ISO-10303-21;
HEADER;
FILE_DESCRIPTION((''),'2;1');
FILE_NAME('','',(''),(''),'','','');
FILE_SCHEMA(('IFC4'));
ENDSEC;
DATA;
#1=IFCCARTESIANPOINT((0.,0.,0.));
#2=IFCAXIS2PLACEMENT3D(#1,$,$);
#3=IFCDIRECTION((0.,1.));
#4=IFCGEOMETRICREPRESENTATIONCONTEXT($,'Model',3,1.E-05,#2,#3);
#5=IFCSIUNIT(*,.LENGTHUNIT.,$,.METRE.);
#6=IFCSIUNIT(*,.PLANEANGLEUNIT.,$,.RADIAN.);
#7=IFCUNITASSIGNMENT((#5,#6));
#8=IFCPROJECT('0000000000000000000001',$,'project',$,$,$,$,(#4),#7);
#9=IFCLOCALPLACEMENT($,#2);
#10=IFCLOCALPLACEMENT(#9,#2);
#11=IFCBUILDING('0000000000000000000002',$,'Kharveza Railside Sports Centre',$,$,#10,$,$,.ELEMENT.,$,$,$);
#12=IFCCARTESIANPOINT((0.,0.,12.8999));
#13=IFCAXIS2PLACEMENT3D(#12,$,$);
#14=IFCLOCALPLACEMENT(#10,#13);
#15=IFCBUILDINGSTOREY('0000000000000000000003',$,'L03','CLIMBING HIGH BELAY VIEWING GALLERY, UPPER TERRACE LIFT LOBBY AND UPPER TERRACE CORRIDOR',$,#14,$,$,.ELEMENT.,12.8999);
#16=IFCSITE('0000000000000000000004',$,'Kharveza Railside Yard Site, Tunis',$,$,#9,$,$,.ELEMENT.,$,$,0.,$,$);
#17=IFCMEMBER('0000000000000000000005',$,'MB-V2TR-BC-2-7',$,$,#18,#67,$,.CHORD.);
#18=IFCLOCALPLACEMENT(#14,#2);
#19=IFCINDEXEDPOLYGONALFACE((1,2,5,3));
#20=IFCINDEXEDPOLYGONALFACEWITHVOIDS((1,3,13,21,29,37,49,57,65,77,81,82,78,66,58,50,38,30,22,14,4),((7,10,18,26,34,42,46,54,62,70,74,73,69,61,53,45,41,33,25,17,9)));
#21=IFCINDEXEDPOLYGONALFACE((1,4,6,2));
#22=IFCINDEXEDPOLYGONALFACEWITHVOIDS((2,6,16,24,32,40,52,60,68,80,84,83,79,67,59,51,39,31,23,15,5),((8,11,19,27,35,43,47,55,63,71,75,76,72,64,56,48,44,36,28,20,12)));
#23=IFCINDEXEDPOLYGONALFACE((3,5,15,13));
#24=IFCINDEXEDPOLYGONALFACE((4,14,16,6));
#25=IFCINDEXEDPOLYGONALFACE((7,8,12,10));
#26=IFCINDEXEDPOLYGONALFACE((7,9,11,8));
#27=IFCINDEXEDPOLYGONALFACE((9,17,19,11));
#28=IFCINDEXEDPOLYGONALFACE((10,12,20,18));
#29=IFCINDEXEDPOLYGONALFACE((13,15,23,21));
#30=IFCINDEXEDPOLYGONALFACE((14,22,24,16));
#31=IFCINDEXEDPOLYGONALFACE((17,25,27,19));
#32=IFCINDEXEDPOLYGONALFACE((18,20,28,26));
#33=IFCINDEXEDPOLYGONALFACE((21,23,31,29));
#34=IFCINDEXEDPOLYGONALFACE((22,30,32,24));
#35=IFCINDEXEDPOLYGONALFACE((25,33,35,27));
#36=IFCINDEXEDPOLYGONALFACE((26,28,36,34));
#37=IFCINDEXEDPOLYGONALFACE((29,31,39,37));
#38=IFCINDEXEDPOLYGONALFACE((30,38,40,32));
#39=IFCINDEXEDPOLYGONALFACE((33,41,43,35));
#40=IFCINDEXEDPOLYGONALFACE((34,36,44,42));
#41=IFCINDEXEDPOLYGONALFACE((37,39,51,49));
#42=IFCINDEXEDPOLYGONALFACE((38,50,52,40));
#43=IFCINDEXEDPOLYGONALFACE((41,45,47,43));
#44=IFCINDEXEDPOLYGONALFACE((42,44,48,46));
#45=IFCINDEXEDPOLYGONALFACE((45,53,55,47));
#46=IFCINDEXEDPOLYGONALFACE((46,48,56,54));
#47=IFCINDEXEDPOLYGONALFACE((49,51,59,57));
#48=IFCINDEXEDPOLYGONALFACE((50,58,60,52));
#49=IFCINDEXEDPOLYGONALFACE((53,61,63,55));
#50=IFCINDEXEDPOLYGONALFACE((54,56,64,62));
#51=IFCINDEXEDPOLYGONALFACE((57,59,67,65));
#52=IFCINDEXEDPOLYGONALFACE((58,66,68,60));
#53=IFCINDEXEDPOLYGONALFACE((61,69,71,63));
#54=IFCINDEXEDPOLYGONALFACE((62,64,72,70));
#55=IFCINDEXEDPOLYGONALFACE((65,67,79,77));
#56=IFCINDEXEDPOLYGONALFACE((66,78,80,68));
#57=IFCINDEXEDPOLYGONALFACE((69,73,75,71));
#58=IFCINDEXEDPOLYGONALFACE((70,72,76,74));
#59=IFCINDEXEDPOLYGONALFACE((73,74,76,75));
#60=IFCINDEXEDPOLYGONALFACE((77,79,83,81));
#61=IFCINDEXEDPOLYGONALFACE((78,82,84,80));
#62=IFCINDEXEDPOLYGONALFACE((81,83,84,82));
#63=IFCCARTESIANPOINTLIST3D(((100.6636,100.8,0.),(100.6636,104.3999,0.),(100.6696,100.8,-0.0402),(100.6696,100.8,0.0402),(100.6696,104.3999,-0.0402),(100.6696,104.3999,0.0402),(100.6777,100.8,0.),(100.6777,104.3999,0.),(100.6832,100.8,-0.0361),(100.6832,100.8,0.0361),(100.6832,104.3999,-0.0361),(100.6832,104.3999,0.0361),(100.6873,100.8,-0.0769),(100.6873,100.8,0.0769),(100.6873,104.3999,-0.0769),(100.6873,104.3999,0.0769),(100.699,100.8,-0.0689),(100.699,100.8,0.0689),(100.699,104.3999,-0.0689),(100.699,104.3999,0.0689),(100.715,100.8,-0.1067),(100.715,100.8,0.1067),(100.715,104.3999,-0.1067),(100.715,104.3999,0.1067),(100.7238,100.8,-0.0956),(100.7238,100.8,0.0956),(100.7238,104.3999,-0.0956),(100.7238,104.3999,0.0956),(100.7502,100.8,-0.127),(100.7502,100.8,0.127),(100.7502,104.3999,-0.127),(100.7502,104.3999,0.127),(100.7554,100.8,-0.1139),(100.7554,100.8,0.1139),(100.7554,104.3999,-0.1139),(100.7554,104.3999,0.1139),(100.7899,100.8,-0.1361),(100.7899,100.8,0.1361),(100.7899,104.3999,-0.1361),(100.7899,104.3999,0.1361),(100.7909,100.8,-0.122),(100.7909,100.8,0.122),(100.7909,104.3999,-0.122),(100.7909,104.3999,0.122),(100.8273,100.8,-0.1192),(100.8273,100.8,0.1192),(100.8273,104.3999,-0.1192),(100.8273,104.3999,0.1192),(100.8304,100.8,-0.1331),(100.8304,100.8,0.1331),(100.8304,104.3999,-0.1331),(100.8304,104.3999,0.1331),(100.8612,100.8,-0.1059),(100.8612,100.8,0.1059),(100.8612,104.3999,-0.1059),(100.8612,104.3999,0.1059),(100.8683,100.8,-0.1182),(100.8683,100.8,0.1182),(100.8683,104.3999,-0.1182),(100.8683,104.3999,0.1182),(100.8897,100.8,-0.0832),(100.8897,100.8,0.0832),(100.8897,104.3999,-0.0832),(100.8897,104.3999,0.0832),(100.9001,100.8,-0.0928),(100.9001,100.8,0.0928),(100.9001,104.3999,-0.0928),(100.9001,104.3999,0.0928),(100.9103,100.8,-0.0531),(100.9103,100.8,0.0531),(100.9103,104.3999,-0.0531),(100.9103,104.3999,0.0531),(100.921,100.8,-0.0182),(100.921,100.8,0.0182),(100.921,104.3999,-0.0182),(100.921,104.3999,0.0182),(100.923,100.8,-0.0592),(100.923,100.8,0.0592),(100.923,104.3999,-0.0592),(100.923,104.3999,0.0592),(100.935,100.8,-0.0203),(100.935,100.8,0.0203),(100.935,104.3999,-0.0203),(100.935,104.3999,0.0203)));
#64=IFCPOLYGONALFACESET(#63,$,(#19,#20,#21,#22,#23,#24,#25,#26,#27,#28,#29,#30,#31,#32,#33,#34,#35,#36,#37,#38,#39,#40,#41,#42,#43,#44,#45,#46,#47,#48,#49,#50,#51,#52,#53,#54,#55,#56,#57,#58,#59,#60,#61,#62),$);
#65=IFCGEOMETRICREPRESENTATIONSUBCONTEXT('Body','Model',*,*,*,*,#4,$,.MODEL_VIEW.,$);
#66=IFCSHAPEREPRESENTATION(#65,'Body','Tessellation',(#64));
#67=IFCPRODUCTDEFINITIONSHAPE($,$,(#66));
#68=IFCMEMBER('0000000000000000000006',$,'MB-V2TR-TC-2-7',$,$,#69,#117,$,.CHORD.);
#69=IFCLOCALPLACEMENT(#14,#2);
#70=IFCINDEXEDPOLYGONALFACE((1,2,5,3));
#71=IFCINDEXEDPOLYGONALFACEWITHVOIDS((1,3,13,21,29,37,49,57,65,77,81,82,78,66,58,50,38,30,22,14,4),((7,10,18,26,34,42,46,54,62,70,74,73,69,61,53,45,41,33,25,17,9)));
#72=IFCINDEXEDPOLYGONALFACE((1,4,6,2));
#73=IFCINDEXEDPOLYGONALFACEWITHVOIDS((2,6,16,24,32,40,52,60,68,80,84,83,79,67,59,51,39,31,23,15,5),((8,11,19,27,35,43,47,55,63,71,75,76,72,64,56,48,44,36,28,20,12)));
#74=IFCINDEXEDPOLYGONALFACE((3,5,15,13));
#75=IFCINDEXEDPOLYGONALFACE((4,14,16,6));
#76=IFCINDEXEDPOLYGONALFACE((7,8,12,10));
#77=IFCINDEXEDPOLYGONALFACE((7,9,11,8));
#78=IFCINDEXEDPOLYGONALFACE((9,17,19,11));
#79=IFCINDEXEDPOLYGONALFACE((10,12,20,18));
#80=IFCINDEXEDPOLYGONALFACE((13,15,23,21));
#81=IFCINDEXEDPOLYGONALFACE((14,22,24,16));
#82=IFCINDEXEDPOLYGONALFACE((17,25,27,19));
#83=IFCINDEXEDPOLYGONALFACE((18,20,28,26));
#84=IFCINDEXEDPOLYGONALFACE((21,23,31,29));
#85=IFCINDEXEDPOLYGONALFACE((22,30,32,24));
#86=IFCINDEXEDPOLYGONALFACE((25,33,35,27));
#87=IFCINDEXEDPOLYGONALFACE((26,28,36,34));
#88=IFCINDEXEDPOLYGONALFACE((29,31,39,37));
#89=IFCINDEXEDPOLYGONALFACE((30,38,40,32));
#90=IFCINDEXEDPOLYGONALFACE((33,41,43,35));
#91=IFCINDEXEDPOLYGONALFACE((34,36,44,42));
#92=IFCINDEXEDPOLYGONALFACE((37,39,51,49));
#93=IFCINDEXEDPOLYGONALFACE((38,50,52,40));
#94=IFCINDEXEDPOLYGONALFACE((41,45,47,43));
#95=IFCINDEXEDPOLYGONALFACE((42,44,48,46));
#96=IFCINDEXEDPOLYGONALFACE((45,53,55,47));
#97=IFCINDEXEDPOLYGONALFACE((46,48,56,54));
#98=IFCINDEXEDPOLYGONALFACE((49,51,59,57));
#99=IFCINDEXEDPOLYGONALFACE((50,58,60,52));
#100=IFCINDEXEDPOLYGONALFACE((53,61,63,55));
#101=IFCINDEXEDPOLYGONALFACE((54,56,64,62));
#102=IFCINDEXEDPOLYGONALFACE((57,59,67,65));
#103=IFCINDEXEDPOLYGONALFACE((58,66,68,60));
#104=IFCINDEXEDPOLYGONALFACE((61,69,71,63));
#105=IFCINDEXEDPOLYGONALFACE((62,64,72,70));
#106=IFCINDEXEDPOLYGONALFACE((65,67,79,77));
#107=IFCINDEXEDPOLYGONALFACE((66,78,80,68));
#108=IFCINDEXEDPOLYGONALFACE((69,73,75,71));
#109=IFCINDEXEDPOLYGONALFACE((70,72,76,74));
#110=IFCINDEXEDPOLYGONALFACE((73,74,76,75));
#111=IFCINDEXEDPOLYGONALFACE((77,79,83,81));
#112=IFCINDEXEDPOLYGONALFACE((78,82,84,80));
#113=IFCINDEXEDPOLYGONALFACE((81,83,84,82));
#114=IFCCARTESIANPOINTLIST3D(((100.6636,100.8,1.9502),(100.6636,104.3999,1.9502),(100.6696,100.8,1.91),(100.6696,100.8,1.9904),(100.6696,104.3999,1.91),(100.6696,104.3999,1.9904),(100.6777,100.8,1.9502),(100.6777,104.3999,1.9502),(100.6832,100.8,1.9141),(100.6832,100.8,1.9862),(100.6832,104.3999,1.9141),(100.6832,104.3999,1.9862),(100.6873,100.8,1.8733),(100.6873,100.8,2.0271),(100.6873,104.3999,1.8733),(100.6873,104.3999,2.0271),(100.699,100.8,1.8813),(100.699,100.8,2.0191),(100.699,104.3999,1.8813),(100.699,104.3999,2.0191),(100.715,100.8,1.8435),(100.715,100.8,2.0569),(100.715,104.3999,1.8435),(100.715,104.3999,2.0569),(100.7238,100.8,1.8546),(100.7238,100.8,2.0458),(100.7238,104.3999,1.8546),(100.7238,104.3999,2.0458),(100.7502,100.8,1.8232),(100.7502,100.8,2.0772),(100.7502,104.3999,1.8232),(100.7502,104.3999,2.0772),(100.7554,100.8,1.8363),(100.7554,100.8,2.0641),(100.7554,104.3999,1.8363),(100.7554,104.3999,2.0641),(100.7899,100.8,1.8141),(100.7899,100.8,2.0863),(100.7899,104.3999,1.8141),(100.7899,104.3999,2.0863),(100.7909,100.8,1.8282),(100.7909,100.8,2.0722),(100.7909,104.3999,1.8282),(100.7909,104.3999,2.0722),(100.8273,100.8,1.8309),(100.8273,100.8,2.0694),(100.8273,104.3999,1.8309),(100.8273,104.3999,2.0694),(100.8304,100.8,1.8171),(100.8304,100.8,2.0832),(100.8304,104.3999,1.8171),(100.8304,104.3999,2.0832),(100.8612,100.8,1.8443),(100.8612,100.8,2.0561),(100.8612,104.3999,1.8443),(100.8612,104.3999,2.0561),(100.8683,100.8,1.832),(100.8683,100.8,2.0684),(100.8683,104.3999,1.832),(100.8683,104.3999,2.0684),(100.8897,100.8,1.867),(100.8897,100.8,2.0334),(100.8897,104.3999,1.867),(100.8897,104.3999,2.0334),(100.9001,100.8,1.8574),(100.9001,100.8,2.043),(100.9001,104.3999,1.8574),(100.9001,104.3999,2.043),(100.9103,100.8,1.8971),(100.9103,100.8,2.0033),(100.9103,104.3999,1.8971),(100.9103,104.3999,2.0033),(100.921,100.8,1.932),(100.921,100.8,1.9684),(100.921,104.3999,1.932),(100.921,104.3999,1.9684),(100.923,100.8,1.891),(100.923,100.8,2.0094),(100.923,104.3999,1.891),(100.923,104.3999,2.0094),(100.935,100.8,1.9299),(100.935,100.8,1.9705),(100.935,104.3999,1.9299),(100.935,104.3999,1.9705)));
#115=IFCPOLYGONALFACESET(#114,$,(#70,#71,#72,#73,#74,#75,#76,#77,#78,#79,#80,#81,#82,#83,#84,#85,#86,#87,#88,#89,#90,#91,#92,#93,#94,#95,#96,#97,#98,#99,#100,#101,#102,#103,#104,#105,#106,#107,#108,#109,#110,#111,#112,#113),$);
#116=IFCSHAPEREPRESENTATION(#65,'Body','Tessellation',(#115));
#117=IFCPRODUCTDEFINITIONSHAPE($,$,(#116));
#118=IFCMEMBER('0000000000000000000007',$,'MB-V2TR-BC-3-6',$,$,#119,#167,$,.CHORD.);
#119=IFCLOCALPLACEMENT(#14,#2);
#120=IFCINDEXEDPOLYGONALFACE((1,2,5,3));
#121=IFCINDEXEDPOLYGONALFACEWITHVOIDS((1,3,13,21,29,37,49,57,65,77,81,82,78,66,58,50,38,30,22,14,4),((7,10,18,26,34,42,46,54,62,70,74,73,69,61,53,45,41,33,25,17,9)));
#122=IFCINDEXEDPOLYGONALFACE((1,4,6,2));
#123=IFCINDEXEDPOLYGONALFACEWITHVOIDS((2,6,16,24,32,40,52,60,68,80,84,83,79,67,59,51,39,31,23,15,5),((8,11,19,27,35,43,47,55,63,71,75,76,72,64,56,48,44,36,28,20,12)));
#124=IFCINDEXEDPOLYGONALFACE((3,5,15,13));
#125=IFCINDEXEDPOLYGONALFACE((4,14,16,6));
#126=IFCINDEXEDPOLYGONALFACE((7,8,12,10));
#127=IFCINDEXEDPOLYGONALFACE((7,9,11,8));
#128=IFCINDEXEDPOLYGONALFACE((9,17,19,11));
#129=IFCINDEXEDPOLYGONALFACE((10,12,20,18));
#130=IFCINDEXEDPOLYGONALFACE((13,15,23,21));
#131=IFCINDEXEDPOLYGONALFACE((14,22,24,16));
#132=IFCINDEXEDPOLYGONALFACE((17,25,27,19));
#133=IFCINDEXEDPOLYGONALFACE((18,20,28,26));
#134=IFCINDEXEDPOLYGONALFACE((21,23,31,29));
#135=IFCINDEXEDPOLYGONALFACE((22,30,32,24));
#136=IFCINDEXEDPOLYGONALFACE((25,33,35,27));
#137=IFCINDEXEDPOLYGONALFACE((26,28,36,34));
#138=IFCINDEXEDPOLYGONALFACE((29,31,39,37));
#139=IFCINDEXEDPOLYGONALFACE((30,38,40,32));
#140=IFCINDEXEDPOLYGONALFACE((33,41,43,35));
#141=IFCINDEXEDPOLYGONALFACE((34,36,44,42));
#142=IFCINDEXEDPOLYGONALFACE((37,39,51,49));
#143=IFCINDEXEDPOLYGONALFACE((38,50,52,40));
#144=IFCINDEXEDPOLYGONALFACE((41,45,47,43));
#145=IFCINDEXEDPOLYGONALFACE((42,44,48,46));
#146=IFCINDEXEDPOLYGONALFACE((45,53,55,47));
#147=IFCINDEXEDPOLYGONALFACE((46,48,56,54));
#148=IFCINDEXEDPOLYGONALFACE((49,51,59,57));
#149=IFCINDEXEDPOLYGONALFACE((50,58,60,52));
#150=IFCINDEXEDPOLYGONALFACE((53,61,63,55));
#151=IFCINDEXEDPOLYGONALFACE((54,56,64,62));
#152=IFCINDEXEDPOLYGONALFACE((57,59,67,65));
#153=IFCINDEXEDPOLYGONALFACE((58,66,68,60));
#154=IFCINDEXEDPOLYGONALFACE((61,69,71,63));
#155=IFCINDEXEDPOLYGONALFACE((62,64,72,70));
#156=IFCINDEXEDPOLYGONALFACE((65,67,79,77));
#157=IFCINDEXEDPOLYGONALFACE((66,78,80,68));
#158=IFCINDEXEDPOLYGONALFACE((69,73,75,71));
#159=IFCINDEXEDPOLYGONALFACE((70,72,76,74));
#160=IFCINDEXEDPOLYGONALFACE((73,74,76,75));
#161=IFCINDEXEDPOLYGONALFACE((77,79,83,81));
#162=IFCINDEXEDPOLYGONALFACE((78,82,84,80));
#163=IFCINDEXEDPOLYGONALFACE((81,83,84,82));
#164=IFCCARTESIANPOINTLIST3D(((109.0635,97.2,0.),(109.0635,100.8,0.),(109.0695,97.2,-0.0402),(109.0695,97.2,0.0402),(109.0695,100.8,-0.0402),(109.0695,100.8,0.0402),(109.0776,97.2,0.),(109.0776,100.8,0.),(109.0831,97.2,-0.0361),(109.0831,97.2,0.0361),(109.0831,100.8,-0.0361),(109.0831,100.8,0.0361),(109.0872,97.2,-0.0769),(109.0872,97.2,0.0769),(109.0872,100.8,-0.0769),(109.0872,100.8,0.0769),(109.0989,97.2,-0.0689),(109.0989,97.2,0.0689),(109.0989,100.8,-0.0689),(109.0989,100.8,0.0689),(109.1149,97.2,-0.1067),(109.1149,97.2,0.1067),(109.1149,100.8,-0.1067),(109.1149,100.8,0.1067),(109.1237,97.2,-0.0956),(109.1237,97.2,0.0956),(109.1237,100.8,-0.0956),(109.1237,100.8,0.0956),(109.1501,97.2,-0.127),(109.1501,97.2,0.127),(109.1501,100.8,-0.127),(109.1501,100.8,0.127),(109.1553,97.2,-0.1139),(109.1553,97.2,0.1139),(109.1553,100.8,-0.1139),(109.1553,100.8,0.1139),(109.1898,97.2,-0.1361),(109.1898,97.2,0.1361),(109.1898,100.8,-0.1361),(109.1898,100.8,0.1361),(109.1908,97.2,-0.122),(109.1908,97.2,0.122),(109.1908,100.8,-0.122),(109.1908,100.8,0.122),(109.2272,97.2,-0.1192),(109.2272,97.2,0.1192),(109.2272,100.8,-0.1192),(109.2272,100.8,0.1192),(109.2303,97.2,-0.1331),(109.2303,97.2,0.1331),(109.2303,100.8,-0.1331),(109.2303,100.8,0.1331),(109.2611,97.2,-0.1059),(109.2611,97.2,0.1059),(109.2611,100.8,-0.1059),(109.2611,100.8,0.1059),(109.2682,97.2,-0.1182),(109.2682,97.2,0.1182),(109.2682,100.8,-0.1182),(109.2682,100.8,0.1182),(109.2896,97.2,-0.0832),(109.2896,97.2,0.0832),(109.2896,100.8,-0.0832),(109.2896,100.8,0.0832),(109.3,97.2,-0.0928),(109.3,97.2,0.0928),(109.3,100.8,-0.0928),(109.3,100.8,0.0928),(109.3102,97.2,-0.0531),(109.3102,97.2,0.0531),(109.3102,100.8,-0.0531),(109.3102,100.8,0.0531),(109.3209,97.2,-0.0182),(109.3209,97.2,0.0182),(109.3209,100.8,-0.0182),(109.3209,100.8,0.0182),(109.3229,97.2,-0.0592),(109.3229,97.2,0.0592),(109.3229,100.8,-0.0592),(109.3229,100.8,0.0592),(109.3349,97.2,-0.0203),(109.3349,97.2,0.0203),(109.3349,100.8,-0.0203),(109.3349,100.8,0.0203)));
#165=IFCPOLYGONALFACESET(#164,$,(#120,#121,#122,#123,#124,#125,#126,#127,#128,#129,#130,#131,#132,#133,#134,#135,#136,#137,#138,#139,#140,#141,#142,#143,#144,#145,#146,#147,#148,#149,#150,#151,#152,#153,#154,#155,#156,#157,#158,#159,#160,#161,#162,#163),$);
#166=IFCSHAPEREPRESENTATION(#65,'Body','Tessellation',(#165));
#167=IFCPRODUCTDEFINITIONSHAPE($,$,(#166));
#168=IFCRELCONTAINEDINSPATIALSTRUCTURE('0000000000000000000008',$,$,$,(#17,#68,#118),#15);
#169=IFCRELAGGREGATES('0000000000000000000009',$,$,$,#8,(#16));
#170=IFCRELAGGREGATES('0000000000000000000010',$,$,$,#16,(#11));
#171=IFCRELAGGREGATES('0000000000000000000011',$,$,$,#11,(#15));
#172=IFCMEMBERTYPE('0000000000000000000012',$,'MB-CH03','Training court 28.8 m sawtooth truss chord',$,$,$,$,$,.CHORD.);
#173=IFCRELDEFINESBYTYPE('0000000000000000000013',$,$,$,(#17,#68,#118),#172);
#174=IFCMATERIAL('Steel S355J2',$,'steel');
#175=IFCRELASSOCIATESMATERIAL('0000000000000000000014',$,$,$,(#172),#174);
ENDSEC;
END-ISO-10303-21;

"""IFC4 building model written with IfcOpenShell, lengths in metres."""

from ifc_helpers import new_model, si_unit, direction, frame, origin, origin_2d, place, context, subcontext, project, spatial, hollow_circle, extrude, material, material_profile, profile_set, type_object, element, save


model = new_model("IFC4")

# Units and contexts
model_context = context("Model", 3, precision=1e-05, world=origin(), true_north=direction((0.0, 1.0)))
body_context = subcontext(model_context, "Body", "Model", "MODEL_VIEW")
ifc_project = project(units=[si_unit("LENGTHUNIT", "METRE"), si_unit("PLANEANGLEUNIT", "RADIAN")], contexts=[model_context])

# Site, building, storey
site_placement = place(None, origin())
site = spatial("IfcSite", under=ifc_project, at=site_placement, Name="Kharveza Railside Yard Site, Tunis", CompositionType="ELEMENT", RefElevation=0.0)
building_placement = place(site_placement, origin())
building = spatial("IfcBuilding", under=site, at=building_placement, Name="Kharveza Railside Sports Centre", CompositionType="ELEMENT")
storey_placement = place(building_placement, frame((0.0, 0.0, 12.8999)))
storey = spatial("IfcBuildingStorey", under=building, at=storey_placement, Name="L03", Description="CLIMBING HIGH BELAY VIEWING GALLERY, UPPER TERRACE LIFT LOBBY AND UPPER TERRACE CORRIDOR", CompositionType="ELEMENT", Elevation=12.8999)

# Shared definitions
ifc_material_1 = material(Name="Steel S355J2", Category="steel")

# Members
ifc_material_profile_1 = material_profile(ifc_material_1, hollow_circle(Radius=0.1365, WallThickness=0.0142, at=origin_2d()), Name="CHS 273.0x14.2")
ifc_profile_set_1 = profile_set([ifc_material_profile_1], Name="Steel S355J2")
member_type_1 = type_object("IfcMemberType", Name="MB-CH03", Description="Training court 28.8 m sawtooth truss chord", PredefinedType="CHORD", material=ifc_profile_set_1)
for number, where, z_axis, x_axis, name in (
    (1, (100.8, 100.8, 0.0), (0.0, 1.0, 0.0), (-1.0, 0.0, 0.0), "MB-V2TR-BC-2-7"),
    (2, (100.8, 100.8, 1.9502), (0.0, 1.0, 0.0), (-1.0, 0.0, 0.0), "MB-V2TR-TC-2-7"),
):
    element("IfcMember", number, at=place(storey_placement, frame(where, z_axis=z_axis, x_axis=x_axis)), inside=storey, type_object=member_type_1, Name=name, PredefinedType="CHORD", context=body_context, shape_type="SweptSolid", body=[
        extrude(hollow_circle(Radius=0.1365, WallThickness=0.0142, at=origin_2d()), origin(), (0.0, 0.0, 1.0), 3.5999),
    ])
for number, where, z_axis, x_axis, name in (
    (3, (109.2, 97.2, 0.0), (0.0, 1.0, 0.0), (-1.0, 0.0, 0.0), "MB-V2TR-BC-3-6"),
):
    element("IfcMember", number, at=place(storey_placement, frame(where, z_axis=z_axis, x_axis=x_axis)), inside=storey, type_object=member_type_1, Name=name, PredefinedType="CHORD", context=body_context, shape_type="SweptSolid", body=[
        extrude(hollow_circle(Radius=0.1365, WallThickness=0.0142, at=origin_2d()), origin(), (0.0, 0.0, 1.0), 3.6001),
    ])

save(model, "model.ifc")
